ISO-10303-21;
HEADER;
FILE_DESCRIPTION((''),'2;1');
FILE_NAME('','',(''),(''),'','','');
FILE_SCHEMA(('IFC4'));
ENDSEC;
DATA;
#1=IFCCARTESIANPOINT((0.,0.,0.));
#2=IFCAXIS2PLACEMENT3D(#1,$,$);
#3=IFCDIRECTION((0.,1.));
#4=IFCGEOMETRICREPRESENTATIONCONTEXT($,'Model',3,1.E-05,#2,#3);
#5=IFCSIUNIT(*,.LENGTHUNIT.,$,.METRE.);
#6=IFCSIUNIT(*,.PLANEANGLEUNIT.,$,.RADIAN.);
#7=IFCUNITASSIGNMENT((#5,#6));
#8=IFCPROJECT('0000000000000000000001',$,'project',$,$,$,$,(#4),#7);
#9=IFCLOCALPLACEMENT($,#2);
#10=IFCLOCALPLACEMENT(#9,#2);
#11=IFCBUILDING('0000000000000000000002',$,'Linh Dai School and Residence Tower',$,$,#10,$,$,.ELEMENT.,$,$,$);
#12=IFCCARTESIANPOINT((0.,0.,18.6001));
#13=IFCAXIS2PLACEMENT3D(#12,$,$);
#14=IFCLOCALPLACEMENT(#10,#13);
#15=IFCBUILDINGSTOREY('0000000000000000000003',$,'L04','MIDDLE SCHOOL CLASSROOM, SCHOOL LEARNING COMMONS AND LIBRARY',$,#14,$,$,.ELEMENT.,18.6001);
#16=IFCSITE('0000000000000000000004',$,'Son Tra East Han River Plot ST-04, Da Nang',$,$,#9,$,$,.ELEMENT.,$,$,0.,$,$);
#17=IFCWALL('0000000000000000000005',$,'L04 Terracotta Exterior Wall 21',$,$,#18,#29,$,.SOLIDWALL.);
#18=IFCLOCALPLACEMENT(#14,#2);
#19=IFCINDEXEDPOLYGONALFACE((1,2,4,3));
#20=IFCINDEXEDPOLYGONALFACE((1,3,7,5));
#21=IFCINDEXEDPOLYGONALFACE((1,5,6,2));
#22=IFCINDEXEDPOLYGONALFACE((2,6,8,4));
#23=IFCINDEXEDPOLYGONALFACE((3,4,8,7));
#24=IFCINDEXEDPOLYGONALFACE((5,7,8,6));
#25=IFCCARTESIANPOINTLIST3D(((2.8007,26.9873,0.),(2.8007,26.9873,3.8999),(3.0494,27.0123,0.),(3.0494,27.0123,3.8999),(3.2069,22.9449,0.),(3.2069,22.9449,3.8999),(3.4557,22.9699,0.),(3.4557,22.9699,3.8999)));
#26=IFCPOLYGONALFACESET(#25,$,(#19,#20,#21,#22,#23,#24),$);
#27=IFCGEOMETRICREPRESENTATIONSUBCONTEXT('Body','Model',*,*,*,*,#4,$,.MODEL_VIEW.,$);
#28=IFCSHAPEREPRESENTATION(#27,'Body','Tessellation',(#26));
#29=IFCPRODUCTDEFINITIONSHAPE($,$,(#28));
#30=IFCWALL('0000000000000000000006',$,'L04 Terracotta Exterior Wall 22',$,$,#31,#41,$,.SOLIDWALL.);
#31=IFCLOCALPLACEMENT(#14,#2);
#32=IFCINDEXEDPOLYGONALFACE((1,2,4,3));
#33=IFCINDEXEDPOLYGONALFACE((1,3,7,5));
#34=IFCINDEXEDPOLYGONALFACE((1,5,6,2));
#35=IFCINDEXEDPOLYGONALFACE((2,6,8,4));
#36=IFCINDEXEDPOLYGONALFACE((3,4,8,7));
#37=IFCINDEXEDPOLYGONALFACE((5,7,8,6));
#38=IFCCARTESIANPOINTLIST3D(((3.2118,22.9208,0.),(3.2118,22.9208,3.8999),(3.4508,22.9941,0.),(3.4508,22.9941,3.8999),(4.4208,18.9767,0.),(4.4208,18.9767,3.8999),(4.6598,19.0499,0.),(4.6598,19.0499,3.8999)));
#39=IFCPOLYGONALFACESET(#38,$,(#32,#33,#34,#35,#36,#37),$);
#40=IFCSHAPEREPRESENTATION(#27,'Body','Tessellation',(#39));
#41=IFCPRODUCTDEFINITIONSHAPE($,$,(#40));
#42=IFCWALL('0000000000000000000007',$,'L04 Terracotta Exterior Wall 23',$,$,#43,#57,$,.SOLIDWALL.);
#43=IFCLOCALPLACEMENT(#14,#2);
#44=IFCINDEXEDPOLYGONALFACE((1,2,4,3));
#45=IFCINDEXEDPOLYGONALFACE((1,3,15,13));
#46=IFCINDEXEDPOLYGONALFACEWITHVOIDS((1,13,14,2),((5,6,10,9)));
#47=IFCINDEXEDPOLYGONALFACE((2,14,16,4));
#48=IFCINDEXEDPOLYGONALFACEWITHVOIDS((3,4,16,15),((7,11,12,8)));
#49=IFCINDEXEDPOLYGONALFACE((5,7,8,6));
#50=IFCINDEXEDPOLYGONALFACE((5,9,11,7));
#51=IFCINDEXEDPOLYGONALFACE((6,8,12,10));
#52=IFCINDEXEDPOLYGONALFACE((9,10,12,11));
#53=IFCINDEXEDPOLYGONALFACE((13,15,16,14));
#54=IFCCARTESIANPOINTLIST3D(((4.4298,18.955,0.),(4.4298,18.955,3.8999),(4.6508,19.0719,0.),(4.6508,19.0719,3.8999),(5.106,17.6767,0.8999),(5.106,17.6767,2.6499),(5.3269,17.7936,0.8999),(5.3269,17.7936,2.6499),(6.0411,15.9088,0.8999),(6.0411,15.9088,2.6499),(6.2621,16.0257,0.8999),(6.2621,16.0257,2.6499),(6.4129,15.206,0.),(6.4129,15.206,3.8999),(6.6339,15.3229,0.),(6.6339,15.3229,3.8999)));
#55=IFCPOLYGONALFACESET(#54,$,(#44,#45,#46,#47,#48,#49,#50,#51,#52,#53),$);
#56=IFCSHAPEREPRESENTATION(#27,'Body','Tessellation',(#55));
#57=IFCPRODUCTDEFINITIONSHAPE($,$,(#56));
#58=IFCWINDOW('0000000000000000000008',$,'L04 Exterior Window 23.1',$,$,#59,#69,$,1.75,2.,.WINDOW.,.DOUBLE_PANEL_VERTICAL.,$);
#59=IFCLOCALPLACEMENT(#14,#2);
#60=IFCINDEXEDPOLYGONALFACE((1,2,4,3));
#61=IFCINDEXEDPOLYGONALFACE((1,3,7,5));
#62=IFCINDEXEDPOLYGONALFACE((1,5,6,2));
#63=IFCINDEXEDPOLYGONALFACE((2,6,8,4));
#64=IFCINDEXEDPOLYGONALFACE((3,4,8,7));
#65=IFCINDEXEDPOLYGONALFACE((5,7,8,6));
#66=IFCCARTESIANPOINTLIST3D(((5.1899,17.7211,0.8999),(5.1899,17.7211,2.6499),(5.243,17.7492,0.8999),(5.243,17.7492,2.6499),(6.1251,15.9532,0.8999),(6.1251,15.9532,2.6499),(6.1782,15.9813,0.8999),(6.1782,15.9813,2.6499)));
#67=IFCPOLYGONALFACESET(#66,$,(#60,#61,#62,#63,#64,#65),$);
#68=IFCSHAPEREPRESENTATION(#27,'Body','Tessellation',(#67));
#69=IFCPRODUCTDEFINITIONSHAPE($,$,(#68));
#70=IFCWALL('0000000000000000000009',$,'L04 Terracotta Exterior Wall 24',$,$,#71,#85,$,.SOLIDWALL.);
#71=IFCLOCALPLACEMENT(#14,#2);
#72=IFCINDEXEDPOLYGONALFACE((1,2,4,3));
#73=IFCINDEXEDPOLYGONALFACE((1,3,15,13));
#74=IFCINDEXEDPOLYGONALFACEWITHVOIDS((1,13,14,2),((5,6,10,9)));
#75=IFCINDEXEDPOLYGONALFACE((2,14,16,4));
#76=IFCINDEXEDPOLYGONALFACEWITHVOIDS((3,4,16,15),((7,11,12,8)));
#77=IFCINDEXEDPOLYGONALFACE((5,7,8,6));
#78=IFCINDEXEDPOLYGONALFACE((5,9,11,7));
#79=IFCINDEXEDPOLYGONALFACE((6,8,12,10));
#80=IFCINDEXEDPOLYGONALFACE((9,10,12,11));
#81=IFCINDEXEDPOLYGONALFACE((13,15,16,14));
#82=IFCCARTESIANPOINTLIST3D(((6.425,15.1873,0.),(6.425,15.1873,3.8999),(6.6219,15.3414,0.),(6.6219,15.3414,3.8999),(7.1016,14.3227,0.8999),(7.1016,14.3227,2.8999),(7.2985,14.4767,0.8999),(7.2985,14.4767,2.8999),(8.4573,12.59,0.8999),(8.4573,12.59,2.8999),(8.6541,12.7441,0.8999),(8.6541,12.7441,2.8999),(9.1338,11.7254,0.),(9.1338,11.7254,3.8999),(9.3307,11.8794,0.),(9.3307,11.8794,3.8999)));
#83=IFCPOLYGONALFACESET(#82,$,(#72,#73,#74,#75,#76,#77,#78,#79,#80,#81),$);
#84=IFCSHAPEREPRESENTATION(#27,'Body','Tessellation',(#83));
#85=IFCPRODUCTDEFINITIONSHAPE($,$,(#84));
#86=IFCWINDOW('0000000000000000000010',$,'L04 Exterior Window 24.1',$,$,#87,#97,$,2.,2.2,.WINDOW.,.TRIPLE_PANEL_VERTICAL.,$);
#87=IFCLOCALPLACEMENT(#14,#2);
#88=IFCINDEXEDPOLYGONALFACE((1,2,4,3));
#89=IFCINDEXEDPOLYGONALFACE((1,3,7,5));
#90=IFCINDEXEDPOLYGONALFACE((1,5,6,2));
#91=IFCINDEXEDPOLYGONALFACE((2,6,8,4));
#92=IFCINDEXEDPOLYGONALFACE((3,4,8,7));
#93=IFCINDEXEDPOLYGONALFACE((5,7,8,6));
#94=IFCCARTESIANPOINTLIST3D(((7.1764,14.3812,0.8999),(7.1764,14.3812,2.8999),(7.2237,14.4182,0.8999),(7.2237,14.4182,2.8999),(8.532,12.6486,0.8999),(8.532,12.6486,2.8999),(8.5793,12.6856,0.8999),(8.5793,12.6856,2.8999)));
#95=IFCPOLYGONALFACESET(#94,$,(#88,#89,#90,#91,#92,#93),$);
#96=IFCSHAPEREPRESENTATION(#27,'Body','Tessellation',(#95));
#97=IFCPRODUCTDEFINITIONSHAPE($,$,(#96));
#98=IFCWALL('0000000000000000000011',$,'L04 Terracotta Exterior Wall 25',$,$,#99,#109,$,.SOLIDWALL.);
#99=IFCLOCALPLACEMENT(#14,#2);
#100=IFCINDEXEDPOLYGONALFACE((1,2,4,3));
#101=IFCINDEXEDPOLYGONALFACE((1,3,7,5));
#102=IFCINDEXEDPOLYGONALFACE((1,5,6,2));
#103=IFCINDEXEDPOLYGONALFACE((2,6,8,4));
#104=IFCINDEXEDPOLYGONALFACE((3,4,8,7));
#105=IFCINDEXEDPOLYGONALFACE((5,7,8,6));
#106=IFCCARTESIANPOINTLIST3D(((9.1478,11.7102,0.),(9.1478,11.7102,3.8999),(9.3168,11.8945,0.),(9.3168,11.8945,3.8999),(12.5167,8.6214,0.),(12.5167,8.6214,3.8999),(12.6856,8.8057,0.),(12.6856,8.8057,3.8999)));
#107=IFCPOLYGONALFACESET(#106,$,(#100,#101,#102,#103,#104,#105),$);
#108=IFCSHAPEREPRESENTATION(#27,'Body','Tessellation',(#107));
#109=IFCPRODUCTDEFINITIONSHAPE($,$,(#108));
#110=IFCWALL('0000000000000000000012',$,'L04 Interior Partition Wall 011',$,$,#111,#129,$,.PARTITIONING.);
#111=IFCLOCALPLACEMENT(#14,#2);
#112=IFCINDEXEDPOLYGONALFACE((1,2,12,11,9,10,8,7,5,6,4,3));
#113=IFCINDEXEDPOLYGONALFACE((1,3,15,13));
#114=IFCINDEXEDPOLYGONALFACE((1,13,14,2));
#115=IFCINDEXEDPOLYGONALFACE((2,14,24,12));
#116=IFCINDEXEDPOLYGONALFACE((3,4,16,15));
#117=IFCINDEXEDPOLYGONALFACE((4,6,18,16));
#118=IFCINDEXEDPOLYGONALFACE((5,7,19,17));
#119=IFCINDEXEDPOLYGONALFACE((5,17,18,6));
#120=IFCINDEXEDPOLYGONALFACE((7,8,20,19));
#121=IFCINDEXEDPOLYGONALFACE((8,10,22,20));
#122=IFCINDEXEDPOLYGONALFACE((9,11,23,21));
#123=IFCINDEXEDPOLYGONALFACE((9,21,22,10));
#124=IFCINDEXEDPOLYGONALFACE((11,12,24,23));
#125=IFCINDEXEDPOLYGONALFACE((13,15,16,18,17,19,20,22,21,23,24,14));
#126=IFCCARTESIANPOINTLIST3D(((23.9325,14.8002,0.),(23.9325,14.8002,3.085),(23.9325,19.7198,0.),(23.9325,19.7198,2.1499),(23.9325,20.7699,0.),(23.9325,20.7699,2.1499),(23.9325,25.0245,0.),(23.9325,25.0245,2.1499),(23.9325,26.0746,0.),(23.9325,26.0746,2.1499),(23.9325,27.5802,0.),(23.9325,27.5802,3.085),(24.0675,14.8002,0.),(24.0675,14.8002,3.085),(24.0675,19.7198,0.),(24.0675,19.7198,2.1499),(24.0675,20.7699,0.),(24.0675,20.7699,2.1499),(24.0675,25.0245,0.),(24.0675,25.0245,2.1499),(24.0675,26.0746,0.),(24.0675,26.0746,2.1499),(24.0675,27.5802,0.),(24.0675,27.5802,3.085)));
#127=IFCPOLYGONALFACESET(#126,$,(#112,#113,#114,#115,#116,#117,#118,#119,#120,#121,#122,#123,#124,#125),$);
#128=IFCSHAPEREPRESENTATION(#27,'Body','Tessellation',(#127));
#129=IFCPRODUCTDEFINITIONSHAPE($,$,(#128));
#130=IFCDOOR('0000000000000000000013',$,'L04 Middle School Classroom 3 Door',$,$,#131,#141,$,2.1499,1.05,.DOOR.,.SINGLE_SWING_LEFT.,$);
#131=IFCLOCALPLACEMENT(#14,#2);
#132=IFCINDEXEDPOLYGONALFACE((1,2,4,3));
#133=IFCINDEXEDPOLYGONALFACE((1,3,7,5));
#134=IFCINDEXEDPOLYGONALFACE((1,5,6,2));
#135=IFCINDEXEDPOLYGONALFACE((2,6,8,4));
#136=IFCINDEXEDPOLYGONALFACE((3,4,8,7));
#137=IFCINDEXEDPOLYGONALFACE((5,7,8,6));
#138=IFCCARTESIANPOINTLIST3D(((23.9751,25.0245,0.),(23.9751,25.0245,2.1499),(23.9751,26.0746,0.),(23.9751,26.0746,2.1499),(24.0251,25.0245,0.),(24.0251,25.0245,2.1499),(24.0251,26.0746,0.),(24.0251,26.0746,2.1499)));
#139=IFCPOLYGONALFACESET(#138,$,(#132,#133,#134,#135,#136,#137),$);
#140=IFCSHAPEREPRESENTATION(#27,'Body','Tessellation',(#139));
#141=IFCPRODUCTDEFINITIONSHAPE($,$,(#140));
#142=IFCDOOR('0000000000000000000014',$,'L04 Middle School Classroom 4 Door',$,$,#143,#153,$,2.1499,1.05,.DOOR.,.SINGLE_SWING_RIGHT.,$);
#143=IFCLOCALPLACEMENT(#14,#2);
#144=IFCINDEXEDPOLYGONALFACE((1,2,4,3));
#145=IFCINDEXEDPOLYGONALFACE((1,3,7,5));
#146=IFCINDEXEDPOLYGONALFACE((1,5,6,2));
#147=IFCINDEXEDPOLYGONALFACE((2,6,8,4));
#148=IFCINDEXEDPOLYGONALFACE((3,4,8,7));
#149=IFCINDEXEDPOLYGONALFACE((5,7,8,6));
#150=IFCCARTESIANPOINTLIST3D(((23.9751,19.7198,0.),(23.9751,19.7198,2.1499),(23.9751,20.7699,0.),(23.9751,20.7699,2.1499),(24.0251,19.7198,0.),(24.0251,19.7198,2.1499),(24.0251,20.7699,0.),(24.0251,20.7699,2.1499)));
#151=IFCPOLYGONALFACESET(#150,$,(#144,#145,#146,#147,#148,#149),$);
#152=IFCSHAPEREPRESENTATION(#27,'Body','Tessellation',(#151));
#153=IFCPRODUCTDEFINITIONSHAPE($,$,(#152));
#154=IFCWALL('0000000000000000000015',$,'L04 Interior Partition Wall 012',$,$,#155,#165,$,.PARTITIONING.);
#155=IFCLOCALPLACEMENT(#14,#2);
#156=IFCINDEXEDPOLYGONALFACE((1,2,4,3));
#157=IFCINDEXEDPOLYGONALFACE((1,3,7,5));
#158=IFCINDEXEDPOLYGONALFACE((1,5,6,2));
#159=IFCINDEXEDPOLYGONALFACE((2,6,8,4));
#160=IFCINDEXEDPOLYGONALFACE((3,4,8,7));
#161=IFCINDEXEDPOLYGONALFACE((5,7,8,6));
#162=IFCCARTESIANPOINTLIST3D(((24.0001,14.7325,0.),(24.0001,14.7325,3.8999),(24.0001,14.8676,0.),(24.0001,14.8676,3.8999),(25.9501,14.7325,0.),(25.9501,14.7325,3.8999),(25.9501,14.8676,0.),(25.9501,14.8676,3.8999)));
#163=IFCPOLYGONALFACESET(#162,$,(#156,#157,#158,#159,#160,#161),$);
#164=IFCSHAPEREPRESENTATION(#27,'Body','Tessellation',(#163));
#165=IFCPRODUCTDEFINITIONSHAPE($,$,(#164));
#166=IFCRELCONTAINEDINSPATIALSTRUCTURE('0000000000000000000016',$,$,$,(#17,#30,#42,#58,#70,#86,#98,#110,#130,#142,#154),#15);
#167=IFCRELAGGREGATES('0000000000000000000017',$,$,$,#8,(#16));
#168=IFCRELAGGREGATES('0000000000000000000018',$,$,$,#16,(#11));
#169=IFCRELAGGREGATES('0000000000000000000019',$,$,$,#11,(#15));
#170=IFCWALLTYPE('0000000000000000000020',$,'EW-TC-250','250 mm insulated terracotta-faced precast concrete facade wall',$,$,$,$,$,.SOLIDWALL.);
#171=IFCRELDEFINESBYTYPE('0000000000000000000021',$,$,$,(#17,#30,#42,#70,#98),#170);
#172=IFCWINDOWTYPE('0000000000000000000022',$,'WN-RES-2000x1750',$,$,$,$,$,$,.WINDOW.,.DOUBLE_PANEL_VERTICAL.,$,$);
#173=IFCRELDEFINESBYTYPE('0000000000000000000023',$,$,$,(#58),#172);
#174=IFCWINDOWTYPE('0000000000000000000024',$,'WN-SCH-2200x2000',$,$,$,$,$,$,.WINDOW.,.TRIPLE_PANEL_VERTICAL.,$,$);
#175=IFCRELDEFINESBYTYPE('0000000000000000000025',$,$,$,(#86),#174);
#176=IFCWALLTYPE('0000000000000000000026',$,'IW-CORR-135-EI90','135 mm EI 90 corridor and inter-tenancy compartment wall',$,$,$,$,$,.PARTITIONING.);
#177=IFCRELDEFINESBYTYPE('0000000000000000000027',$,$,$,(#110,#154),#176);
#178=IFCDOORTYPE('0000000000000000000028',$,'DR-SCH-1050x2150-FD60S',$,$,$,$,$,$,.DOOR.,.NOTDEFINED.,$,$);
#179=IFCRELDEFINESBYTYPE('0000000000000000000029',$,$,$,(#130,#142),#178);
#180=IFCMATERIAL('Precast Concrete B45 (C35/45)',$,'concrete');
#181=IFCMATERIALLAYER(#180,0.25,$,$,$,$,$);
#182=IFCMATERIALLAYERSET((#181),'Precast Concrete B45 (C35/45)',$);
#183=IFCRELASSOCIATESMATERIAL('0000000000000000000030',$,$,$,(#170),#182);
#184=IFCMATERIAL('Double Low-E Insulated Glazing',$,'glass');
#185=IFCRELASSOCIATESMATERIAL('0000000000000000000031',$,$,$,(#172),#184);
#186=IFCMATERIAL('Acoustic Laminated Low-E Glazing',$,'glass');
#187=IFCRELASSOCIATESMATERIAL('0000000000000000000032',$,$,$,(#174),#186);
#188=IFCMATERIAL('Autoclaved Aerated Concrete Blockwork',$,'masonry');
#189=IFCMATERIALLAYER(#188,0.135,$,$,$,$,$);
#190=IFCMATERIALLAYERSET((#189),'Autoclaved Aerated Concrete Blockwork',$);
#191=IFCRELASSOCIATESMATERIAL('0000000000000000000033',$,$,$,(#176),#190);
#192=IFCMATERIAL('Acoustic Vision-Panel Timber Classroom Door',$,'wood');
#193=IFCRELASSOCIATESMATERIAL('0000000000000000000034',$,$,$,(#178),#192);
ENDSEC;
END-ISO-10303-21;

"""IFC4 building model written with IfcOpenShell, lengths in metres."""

from ifc_helpers import new_model, si_unit, direction, frame, frame_2d, origin, origin_2d, place, context, subcontext, project, spatial, rectangle, extrude, source, transform, mapped, material, layer, layer_set, type_object, element, fill, save


model = new_model("IFC4")

# Units and contexts
model_context = context("Model", 3, precision=1e-05, world=origin(), true_north=direction((0.0, 1.0)))
body_context = subcontext(model_context, "Body", "Model", "MODEL_VIEW")
ifc_project = project(units=[si_unit("LENGTHUNIT", "METRE"), si_unit("PLANEANGLEUNIT", "RADIAN")], contexts=[model_context])

# Site, building, storey
site_placement = place(None, origin())
site = spatial("IfcSite", under=ifc_project, at=site_placement, Name="Son Tra East Han River Plot ST-04, Da Nang", CompositionType="ELEMENT", RefElevation=0.0)
building_placement = place(site_placement, origin())
building = spatial("IfcBuilding", under=site, at=building_placement, Name="Linh Dai School and Residence Tower", CompositionType="ELEMENT")
storey_placement = place(building_placement, frame((0.0, 0.0, 18.6001)))
storey = spatial("IfcBuildingStorey", under=building, at=storey_placement, Name="L04", Description="MIDDLE SCHOOL CLASSROOM, SCHOOL LEARNING COMMONS AND LIBRARY", CompositionType="ELEMENT", Elevation=18.6001)

# Walls
ifc_material_1 = material(Name="Precast Concrete B45 (C35/45)", Category="concrete")
ifc_layer_1 = layer(ifc_material_1, 0.25)
ifc_layer_set_1 = layer_set([ifc_layer_1], Name="Precast Concrete B45 (C35/45)")
wall_type_1 = type_object("IfcWallType", Name="EW-TC-250", Description="250 mm insulated terracotta-faced precast concrete facade wall", PredefinedType="SOLIDWALL", material=ifc_layer_set_1)
for number, where, z_axis, x_axis, name in (
    (1, (3.3313, 22.9575, 0.0), (0.0, 0.0, 1.0), (-0.099992, 0.994988, 0.0), "L04 Terracotta Exterior Wall 21"),
):
    element("IfcWall", number, at=place(storey_placement, frame(where, z_axis=z_axis, x_axis=x_axis)), inside=storey, type_object=wall_type_1, Name=name, PredefinedType="SOLIDWALL", context=body_context, shape_type="SweptSolid", body=[
        extrude(rectangle(XDim=4.0627, YDim=0.25, at=frame_2d((2.0312, 0.0))), origin(), (0.0, 0.0, 1.0), 3.8999),
    ])
wall_1_placement = place(storey_placement, frame((4.5403, 19.0134, 0.0), z_axis=(0.0, 0.0, 1.0), x_axis=(-0.293071, 0.956091, 0.0)))
element("IfcWall", 2, at=wall_1_placement, inside=storey, type_object=wall_type_1, Name="L04 Terracotta Exterior Wall 22", PredefinedType="SOLIDWALL", context=body_context, shape_type="SweptSolid", body=[
    extrude(rectangle(XDim=4.1252, YDim=0.25, at=frame_2d((2.0625, 0.0))), origin(), (0.0, 0.0, 1.0), 3.8999),
])

# Walls, openings, windows
wall_2_placement = place(storey_placement, frame((6.5234, 15.2644, 0.0), z_axis=(0.0, 0.0, 1.0), x_axis=(-0.467589, 0.883946, 0.0)))
wall_2 = element("IfcWall", 3, at=wall_2_placement, inside=storey, type_object=wall_type_1, Name="L04 Terracotta Exterior Wall 23", PredefinedType="SOLIDWALL", context=body_context, shape_type="SweptSolid", body=[
    extrude(rectangle(XDim=4.2412, YDim=0.25, at=frame_2d((2.1206, 0.0))), origin(), (0.0, 0.0, 1.0), 3.8999),
])
opening_1_placement = place(wall_2_placement, frame((0.7952, 0.0, 0.8999)))
opening_1 = element("IfcOpeningElement", 4, at=opening_1_placement, cuts=wall_2, PredefinedType="OPENING", context=body_context, shape_type="SweptSolid", body=[
    extrude(rectangle(XDim=2.0, YDim=1.75, at=origin_2d()), frame((1.0, 0.135, 0.875), z_axis=(0.0, -1.0, 0.0), x_axis=(1.0, 0.0, 0.0)), (0.0, 0.0, 1.0), 0.27),
])
ifc_material_2 = material(Name="Double Low-E Insulated Glazing", Category="glass")
window_type_1 = type_object("IfcWindowType", Name="WN-RES-2000x1750", PartitioningType="DOUBLE_PANEL_VERTICAL", PredefinedType="WINDOW", material=ifc_material_2)
shared_shape_1 = source(origin(), body_context, "Body", "SweptSolid", [
    extrude(rectangle(XDim=2.0, YDim=1.75, at=origin_2d()), frame((1.0, 0.03, 0.875), z_axis=(0.0, -1.0, 0.0), x_axis=(1.0, 0.0, 0.0)), (0.0, 0.0, 1.0), 0.0601),
])
window_1_placement = place(opening_1_placement, origin())
window_1 = element("IfcWindow", 5, at=window_1_placement, inside=storey, type_object=window_type_1, Name="L04 Exterior Window 23.1", OverallHeight=1.75, OverallWidth=2.0, PartitioningType="DOUBLE_PANEL_VERTICAL", PredefinedType="WINDOW", context=body_context, shape_type="MappedRepresentation", body=[
    mapped(shared_shape_1, transform((0.0, 0.0, 0.0), x_axis=(1.0, 0.0, 0.0), y_axis=(0.0, 1.0, 0.0), z_axis=(0.0, 0.0, 1.0), scale=1.0)),
])
fill(opening_1, window_1)
wall_3_placement = place(storey_placement, frame((9.2322, 11.8025, 0.0), z_axis=(0.0, 0.0, 1.0), x_axis=(-0.616226, 0.787569, 0.0)))
wall_3 = element("IfcWall", 6, at=wall_3_placement, inside=storey, type_object=wall_type_1, Name="L04 Terracotta Exterior Wall 24", PredefinedType="SOLIDWALL", context=body_context, shape_type="SweptSolid", body=[
    extrude(rectangle(XDim=4.3958, YDim=0.25, at=frame_2d((2.1978, 0.0))), origin(), (0.0, 0.0, 1.0), 3.8999),
])
opening_2_placement = place(wall_3_placement, frame((1.0977, 0.0, 0.8999)))
opening_2 = element("IfcOpeningElement", 7, at=opening_2_placement, cuts=wall_3, PredefinedType="OPENING", context=body_context, shape_type="SweptSolid", body=[
    extrude(rectangle(XDim=2.2, YDim=2.0, at=origin_2d()), frame((1.1001, 0.135, 1.0), z_axis=(0.0, -1.0, 0.0), x_axis=(1.0, 0.0, 0.0)), (0.0, 0.0, 1.0), 0.27),
])
ifc_material_3 = material(Name="Acoustic Laminated Low-E Glazing", Category="glass")
window_type_2 = type_object("IfcWindowType", Name="WN-SCH-2200x2000", PartitioningType="TRIPLE_PANEL_VERTICAL", PredefinedType="WINDOW", material=ifc_material_3)
shared_shape_2 = source(origin(), body_context, "Body", "SweptSolid", [
    extrude(rectangle(XDim=2.2, YDim=2.0, at=origin_2d()), frame((1.1001, 0.03, 1.0), z_axis=(0.0, -1.0, 0.0), x_axis=(1.0, 0.0, 0.0)), (0.0, 0.0, 1.0), 0.0601),
])
window_2_placement = place(opening_2_placement, origin())
window_2 = element("IfcWindow", 8, at=window_2_placement, inside=storey, type_object=window_type_2, Name="L04 Exterior Window 24.1", OverallHeight=2.0, OverallWidth=2.2, PartitioningType="TRIPLE_PANEL_VERTICAL", PredefinedType="WINDOW", context=body_context, shape_type="MappedRepresentation", body=[
    mapped(shared_shape_2, transform((0.0, 0.0, 0.0), x_axis=(1.0, 0.0, 0.0), y_axis=(0.0, 1.0, 0.0), z_axis=(0.0, 0.0, 1.0), scale=1.0)),
])
fill(opening_2, window_2)

# Wall
wall_4_placement = place(storey_placement, frame((12.6011, 8.7136, 0.0), z_axis=(0.0, 0.0, 1.0), x_axis=(-0.737077, 0.675809, 0.0)))
element("IfcWall", 9, at=wall_4_placement, inside=storey, type_object=wall_type_1, Name="L04 Terracotta Exterior Wall 25", PredefinedType="SOLIDWALL", context=body_context, shape_type="SweptSolid", body=[
    extrude(rectangle(XDim=4.5706, YDim=0.25, at=frame_2d((2.2852, 0.0))), origin(), (0.0, 0.0, 1.0), 3.8999),
])

# Wall, openings, doors
ifc_material_4 = material(Name="Autoclaved Aerated Concrete Blockwork", Category="masonry")
ifc_layer_2 = layer(ifc_material_4, 0.135)
ifc_layer_set_2 = layer_set([ifc_layer_2], Name="Autoclaved Aerated Concrete Blockwork")
wall_type_2 = type_object("IfcWallType", Name="IW-CORR-135-EI90", Description="135 mm EI 90 corridor and inter-tenancy compartment wall", PredefinedType="PARTITIONING", material=ifc_layer_set_2)
wall_5_placement = place(storey_placement, frame((24.0, 14.8, 0.0), z_axis=(0.0, 0.0, 1.0), x_axis=(0.0, 1.0, 0.0)))
wall_5 = element("IfcWall", 10, at=wall_5_placement, inside=storey, type_object=wall_type_2, Name="L04 Interior Partition Wall 011", PredefinedType="PARTITIONING", context=body_context, shape_type="SweptSolid", body=[
    extrude(rectangle(XDim=12.78, YDim=0.135, at=frame_2d((6.3901, 0.0))), origin(), (0.0, 0.0, 1.0), 3.085),
])
opening_3_placement = place(wall_5_placement, frame((10.2246, 0.0, 0.0)))
opening_3 = element("IfcOpeningElement", 11, at=opening_3_placement, cuts=wall_5, PredefinedType="OPENING", context=body_context, shape_type="SweptSolid", body=[
    extrude(rectangle(XDim=1.05, YDim=2.1499, at=origin_2d()), frame((0.5249, 0.0776, 1.075), z_axis=(0.0, -1.0, 0.0), x_axis=(1.0, 0.0, 0.0)), (0.0, 0.0, 1.0), 0.155),
])
opening_4_placement = place(wall_5_placement, frame((4.9199, 0.0, 0.0)))
opening_4 = element("IfcOpeningElement", 12, at=opening_4_placement, cuts=wall_5, PredefinedType="OPENING", context=body_context, shape_type="SweptSolid", body=[
    extrude(rectangle(XDim=1.05, YDim=2.1499, at=origin_2d()), frame((0.5249, 0.0776, 1.075), z_axis=(0.0, -1.0, 0.0), x_axis=(1.0, 0.0, 0.0)), (0.0, 0.0, 1.0), 0.155),
])
ifc_material_5 = material(Name="Acoustic Vision-Panel Timber Classroom Door", Category="wood")
door_type_1 = type_object("IfcDoorType", Name="DR-SCH-1050x2150-FD60S", OperationType="NOTDEFINED", PredefinedType="DOOR", material=ifc_material_5)
shared_shape_3 = source(origin(), body_context, "Body", "SweptSolid", [
    extrude(rectangle(XDim=1.05, YDim=2.1499, at=origin_2d()), frame((0.5249, 0.0249, 1.075), z_axis=(0.0, -1.0, 0.0), x_axis=(1.0, 0.0, 0.0)), (0.0, 0.0, 1.0), 0.05),
])
door_1_placement = place(opening_3_placement, origin())
door_1 = element("IfcDoor", 13, at=door_1_placement, inside=storey, type_object=door_type_1, Name="L04 Middle School Classroom 3 Door", OperationType="SINGLE_SWING_LEFT", OverallHeight=2.1499, OverallWidth=1.05, PredefinedType="DOOR", context=body_context, shape_type="MappedRepresentation", body=[
    mapped(shared_shape_3, transform((0.0, 0.0, 0.0), x_axis=(1.0, 0.0, 0.0), y_axis=(0.0, 1.0, 0.0), z_axis=(0.0, 0.0, 1.0), scale=1.0)),
])
fill(opening_3, door_1)
door_2_placement = place(opening_4_placement, origin())
door_2 = element("IfcDoor", 14, at=door_2_placement, inside=storey, type_object=door_type_1, Name="L04 Middle School Classroom 4 Door", OperationType="SINGLE_SWING_RIGHT", OverallHeight=2.1499, OverallWidth=1.05, PredefinedType="DOOR", context=body_context, shape_type="MappedRepresentation", body=[
    mapped(shared_shape_3, transform((0.0, 0.0, 0.0), x_axis=(1.0, 0.0, 0.0), y_axis=(0.0, 1.0, 0.0), z_axis=(0.0, 0.0, 1.0), scale=1.0)),
])
fill(opening_4, door_2)

# Wall
wall_6_placement = place(storey_placement, frame((24.0, 14.8, 0.0), z_axis=(0.0, 0.0, 1.0), x_axis=(1.0, 0.0, 0.0)))
element("IfcWall", 15, at=wall_6_placement, inside=storey, type_object=wall_type_2, Name="L04 Interior Partition Wall 012", PredefinedType="PARTITIONING", context=body_context, shape_type="SweptSolid", body=[
    extrude(rectangle(XDim=1.95, YDim=0.135, at=frame_2d((0.9751, 0.0))), origin(), (0.0, 0.0, 1.0), 3.8999),
])

save(model, "model.ifc")
